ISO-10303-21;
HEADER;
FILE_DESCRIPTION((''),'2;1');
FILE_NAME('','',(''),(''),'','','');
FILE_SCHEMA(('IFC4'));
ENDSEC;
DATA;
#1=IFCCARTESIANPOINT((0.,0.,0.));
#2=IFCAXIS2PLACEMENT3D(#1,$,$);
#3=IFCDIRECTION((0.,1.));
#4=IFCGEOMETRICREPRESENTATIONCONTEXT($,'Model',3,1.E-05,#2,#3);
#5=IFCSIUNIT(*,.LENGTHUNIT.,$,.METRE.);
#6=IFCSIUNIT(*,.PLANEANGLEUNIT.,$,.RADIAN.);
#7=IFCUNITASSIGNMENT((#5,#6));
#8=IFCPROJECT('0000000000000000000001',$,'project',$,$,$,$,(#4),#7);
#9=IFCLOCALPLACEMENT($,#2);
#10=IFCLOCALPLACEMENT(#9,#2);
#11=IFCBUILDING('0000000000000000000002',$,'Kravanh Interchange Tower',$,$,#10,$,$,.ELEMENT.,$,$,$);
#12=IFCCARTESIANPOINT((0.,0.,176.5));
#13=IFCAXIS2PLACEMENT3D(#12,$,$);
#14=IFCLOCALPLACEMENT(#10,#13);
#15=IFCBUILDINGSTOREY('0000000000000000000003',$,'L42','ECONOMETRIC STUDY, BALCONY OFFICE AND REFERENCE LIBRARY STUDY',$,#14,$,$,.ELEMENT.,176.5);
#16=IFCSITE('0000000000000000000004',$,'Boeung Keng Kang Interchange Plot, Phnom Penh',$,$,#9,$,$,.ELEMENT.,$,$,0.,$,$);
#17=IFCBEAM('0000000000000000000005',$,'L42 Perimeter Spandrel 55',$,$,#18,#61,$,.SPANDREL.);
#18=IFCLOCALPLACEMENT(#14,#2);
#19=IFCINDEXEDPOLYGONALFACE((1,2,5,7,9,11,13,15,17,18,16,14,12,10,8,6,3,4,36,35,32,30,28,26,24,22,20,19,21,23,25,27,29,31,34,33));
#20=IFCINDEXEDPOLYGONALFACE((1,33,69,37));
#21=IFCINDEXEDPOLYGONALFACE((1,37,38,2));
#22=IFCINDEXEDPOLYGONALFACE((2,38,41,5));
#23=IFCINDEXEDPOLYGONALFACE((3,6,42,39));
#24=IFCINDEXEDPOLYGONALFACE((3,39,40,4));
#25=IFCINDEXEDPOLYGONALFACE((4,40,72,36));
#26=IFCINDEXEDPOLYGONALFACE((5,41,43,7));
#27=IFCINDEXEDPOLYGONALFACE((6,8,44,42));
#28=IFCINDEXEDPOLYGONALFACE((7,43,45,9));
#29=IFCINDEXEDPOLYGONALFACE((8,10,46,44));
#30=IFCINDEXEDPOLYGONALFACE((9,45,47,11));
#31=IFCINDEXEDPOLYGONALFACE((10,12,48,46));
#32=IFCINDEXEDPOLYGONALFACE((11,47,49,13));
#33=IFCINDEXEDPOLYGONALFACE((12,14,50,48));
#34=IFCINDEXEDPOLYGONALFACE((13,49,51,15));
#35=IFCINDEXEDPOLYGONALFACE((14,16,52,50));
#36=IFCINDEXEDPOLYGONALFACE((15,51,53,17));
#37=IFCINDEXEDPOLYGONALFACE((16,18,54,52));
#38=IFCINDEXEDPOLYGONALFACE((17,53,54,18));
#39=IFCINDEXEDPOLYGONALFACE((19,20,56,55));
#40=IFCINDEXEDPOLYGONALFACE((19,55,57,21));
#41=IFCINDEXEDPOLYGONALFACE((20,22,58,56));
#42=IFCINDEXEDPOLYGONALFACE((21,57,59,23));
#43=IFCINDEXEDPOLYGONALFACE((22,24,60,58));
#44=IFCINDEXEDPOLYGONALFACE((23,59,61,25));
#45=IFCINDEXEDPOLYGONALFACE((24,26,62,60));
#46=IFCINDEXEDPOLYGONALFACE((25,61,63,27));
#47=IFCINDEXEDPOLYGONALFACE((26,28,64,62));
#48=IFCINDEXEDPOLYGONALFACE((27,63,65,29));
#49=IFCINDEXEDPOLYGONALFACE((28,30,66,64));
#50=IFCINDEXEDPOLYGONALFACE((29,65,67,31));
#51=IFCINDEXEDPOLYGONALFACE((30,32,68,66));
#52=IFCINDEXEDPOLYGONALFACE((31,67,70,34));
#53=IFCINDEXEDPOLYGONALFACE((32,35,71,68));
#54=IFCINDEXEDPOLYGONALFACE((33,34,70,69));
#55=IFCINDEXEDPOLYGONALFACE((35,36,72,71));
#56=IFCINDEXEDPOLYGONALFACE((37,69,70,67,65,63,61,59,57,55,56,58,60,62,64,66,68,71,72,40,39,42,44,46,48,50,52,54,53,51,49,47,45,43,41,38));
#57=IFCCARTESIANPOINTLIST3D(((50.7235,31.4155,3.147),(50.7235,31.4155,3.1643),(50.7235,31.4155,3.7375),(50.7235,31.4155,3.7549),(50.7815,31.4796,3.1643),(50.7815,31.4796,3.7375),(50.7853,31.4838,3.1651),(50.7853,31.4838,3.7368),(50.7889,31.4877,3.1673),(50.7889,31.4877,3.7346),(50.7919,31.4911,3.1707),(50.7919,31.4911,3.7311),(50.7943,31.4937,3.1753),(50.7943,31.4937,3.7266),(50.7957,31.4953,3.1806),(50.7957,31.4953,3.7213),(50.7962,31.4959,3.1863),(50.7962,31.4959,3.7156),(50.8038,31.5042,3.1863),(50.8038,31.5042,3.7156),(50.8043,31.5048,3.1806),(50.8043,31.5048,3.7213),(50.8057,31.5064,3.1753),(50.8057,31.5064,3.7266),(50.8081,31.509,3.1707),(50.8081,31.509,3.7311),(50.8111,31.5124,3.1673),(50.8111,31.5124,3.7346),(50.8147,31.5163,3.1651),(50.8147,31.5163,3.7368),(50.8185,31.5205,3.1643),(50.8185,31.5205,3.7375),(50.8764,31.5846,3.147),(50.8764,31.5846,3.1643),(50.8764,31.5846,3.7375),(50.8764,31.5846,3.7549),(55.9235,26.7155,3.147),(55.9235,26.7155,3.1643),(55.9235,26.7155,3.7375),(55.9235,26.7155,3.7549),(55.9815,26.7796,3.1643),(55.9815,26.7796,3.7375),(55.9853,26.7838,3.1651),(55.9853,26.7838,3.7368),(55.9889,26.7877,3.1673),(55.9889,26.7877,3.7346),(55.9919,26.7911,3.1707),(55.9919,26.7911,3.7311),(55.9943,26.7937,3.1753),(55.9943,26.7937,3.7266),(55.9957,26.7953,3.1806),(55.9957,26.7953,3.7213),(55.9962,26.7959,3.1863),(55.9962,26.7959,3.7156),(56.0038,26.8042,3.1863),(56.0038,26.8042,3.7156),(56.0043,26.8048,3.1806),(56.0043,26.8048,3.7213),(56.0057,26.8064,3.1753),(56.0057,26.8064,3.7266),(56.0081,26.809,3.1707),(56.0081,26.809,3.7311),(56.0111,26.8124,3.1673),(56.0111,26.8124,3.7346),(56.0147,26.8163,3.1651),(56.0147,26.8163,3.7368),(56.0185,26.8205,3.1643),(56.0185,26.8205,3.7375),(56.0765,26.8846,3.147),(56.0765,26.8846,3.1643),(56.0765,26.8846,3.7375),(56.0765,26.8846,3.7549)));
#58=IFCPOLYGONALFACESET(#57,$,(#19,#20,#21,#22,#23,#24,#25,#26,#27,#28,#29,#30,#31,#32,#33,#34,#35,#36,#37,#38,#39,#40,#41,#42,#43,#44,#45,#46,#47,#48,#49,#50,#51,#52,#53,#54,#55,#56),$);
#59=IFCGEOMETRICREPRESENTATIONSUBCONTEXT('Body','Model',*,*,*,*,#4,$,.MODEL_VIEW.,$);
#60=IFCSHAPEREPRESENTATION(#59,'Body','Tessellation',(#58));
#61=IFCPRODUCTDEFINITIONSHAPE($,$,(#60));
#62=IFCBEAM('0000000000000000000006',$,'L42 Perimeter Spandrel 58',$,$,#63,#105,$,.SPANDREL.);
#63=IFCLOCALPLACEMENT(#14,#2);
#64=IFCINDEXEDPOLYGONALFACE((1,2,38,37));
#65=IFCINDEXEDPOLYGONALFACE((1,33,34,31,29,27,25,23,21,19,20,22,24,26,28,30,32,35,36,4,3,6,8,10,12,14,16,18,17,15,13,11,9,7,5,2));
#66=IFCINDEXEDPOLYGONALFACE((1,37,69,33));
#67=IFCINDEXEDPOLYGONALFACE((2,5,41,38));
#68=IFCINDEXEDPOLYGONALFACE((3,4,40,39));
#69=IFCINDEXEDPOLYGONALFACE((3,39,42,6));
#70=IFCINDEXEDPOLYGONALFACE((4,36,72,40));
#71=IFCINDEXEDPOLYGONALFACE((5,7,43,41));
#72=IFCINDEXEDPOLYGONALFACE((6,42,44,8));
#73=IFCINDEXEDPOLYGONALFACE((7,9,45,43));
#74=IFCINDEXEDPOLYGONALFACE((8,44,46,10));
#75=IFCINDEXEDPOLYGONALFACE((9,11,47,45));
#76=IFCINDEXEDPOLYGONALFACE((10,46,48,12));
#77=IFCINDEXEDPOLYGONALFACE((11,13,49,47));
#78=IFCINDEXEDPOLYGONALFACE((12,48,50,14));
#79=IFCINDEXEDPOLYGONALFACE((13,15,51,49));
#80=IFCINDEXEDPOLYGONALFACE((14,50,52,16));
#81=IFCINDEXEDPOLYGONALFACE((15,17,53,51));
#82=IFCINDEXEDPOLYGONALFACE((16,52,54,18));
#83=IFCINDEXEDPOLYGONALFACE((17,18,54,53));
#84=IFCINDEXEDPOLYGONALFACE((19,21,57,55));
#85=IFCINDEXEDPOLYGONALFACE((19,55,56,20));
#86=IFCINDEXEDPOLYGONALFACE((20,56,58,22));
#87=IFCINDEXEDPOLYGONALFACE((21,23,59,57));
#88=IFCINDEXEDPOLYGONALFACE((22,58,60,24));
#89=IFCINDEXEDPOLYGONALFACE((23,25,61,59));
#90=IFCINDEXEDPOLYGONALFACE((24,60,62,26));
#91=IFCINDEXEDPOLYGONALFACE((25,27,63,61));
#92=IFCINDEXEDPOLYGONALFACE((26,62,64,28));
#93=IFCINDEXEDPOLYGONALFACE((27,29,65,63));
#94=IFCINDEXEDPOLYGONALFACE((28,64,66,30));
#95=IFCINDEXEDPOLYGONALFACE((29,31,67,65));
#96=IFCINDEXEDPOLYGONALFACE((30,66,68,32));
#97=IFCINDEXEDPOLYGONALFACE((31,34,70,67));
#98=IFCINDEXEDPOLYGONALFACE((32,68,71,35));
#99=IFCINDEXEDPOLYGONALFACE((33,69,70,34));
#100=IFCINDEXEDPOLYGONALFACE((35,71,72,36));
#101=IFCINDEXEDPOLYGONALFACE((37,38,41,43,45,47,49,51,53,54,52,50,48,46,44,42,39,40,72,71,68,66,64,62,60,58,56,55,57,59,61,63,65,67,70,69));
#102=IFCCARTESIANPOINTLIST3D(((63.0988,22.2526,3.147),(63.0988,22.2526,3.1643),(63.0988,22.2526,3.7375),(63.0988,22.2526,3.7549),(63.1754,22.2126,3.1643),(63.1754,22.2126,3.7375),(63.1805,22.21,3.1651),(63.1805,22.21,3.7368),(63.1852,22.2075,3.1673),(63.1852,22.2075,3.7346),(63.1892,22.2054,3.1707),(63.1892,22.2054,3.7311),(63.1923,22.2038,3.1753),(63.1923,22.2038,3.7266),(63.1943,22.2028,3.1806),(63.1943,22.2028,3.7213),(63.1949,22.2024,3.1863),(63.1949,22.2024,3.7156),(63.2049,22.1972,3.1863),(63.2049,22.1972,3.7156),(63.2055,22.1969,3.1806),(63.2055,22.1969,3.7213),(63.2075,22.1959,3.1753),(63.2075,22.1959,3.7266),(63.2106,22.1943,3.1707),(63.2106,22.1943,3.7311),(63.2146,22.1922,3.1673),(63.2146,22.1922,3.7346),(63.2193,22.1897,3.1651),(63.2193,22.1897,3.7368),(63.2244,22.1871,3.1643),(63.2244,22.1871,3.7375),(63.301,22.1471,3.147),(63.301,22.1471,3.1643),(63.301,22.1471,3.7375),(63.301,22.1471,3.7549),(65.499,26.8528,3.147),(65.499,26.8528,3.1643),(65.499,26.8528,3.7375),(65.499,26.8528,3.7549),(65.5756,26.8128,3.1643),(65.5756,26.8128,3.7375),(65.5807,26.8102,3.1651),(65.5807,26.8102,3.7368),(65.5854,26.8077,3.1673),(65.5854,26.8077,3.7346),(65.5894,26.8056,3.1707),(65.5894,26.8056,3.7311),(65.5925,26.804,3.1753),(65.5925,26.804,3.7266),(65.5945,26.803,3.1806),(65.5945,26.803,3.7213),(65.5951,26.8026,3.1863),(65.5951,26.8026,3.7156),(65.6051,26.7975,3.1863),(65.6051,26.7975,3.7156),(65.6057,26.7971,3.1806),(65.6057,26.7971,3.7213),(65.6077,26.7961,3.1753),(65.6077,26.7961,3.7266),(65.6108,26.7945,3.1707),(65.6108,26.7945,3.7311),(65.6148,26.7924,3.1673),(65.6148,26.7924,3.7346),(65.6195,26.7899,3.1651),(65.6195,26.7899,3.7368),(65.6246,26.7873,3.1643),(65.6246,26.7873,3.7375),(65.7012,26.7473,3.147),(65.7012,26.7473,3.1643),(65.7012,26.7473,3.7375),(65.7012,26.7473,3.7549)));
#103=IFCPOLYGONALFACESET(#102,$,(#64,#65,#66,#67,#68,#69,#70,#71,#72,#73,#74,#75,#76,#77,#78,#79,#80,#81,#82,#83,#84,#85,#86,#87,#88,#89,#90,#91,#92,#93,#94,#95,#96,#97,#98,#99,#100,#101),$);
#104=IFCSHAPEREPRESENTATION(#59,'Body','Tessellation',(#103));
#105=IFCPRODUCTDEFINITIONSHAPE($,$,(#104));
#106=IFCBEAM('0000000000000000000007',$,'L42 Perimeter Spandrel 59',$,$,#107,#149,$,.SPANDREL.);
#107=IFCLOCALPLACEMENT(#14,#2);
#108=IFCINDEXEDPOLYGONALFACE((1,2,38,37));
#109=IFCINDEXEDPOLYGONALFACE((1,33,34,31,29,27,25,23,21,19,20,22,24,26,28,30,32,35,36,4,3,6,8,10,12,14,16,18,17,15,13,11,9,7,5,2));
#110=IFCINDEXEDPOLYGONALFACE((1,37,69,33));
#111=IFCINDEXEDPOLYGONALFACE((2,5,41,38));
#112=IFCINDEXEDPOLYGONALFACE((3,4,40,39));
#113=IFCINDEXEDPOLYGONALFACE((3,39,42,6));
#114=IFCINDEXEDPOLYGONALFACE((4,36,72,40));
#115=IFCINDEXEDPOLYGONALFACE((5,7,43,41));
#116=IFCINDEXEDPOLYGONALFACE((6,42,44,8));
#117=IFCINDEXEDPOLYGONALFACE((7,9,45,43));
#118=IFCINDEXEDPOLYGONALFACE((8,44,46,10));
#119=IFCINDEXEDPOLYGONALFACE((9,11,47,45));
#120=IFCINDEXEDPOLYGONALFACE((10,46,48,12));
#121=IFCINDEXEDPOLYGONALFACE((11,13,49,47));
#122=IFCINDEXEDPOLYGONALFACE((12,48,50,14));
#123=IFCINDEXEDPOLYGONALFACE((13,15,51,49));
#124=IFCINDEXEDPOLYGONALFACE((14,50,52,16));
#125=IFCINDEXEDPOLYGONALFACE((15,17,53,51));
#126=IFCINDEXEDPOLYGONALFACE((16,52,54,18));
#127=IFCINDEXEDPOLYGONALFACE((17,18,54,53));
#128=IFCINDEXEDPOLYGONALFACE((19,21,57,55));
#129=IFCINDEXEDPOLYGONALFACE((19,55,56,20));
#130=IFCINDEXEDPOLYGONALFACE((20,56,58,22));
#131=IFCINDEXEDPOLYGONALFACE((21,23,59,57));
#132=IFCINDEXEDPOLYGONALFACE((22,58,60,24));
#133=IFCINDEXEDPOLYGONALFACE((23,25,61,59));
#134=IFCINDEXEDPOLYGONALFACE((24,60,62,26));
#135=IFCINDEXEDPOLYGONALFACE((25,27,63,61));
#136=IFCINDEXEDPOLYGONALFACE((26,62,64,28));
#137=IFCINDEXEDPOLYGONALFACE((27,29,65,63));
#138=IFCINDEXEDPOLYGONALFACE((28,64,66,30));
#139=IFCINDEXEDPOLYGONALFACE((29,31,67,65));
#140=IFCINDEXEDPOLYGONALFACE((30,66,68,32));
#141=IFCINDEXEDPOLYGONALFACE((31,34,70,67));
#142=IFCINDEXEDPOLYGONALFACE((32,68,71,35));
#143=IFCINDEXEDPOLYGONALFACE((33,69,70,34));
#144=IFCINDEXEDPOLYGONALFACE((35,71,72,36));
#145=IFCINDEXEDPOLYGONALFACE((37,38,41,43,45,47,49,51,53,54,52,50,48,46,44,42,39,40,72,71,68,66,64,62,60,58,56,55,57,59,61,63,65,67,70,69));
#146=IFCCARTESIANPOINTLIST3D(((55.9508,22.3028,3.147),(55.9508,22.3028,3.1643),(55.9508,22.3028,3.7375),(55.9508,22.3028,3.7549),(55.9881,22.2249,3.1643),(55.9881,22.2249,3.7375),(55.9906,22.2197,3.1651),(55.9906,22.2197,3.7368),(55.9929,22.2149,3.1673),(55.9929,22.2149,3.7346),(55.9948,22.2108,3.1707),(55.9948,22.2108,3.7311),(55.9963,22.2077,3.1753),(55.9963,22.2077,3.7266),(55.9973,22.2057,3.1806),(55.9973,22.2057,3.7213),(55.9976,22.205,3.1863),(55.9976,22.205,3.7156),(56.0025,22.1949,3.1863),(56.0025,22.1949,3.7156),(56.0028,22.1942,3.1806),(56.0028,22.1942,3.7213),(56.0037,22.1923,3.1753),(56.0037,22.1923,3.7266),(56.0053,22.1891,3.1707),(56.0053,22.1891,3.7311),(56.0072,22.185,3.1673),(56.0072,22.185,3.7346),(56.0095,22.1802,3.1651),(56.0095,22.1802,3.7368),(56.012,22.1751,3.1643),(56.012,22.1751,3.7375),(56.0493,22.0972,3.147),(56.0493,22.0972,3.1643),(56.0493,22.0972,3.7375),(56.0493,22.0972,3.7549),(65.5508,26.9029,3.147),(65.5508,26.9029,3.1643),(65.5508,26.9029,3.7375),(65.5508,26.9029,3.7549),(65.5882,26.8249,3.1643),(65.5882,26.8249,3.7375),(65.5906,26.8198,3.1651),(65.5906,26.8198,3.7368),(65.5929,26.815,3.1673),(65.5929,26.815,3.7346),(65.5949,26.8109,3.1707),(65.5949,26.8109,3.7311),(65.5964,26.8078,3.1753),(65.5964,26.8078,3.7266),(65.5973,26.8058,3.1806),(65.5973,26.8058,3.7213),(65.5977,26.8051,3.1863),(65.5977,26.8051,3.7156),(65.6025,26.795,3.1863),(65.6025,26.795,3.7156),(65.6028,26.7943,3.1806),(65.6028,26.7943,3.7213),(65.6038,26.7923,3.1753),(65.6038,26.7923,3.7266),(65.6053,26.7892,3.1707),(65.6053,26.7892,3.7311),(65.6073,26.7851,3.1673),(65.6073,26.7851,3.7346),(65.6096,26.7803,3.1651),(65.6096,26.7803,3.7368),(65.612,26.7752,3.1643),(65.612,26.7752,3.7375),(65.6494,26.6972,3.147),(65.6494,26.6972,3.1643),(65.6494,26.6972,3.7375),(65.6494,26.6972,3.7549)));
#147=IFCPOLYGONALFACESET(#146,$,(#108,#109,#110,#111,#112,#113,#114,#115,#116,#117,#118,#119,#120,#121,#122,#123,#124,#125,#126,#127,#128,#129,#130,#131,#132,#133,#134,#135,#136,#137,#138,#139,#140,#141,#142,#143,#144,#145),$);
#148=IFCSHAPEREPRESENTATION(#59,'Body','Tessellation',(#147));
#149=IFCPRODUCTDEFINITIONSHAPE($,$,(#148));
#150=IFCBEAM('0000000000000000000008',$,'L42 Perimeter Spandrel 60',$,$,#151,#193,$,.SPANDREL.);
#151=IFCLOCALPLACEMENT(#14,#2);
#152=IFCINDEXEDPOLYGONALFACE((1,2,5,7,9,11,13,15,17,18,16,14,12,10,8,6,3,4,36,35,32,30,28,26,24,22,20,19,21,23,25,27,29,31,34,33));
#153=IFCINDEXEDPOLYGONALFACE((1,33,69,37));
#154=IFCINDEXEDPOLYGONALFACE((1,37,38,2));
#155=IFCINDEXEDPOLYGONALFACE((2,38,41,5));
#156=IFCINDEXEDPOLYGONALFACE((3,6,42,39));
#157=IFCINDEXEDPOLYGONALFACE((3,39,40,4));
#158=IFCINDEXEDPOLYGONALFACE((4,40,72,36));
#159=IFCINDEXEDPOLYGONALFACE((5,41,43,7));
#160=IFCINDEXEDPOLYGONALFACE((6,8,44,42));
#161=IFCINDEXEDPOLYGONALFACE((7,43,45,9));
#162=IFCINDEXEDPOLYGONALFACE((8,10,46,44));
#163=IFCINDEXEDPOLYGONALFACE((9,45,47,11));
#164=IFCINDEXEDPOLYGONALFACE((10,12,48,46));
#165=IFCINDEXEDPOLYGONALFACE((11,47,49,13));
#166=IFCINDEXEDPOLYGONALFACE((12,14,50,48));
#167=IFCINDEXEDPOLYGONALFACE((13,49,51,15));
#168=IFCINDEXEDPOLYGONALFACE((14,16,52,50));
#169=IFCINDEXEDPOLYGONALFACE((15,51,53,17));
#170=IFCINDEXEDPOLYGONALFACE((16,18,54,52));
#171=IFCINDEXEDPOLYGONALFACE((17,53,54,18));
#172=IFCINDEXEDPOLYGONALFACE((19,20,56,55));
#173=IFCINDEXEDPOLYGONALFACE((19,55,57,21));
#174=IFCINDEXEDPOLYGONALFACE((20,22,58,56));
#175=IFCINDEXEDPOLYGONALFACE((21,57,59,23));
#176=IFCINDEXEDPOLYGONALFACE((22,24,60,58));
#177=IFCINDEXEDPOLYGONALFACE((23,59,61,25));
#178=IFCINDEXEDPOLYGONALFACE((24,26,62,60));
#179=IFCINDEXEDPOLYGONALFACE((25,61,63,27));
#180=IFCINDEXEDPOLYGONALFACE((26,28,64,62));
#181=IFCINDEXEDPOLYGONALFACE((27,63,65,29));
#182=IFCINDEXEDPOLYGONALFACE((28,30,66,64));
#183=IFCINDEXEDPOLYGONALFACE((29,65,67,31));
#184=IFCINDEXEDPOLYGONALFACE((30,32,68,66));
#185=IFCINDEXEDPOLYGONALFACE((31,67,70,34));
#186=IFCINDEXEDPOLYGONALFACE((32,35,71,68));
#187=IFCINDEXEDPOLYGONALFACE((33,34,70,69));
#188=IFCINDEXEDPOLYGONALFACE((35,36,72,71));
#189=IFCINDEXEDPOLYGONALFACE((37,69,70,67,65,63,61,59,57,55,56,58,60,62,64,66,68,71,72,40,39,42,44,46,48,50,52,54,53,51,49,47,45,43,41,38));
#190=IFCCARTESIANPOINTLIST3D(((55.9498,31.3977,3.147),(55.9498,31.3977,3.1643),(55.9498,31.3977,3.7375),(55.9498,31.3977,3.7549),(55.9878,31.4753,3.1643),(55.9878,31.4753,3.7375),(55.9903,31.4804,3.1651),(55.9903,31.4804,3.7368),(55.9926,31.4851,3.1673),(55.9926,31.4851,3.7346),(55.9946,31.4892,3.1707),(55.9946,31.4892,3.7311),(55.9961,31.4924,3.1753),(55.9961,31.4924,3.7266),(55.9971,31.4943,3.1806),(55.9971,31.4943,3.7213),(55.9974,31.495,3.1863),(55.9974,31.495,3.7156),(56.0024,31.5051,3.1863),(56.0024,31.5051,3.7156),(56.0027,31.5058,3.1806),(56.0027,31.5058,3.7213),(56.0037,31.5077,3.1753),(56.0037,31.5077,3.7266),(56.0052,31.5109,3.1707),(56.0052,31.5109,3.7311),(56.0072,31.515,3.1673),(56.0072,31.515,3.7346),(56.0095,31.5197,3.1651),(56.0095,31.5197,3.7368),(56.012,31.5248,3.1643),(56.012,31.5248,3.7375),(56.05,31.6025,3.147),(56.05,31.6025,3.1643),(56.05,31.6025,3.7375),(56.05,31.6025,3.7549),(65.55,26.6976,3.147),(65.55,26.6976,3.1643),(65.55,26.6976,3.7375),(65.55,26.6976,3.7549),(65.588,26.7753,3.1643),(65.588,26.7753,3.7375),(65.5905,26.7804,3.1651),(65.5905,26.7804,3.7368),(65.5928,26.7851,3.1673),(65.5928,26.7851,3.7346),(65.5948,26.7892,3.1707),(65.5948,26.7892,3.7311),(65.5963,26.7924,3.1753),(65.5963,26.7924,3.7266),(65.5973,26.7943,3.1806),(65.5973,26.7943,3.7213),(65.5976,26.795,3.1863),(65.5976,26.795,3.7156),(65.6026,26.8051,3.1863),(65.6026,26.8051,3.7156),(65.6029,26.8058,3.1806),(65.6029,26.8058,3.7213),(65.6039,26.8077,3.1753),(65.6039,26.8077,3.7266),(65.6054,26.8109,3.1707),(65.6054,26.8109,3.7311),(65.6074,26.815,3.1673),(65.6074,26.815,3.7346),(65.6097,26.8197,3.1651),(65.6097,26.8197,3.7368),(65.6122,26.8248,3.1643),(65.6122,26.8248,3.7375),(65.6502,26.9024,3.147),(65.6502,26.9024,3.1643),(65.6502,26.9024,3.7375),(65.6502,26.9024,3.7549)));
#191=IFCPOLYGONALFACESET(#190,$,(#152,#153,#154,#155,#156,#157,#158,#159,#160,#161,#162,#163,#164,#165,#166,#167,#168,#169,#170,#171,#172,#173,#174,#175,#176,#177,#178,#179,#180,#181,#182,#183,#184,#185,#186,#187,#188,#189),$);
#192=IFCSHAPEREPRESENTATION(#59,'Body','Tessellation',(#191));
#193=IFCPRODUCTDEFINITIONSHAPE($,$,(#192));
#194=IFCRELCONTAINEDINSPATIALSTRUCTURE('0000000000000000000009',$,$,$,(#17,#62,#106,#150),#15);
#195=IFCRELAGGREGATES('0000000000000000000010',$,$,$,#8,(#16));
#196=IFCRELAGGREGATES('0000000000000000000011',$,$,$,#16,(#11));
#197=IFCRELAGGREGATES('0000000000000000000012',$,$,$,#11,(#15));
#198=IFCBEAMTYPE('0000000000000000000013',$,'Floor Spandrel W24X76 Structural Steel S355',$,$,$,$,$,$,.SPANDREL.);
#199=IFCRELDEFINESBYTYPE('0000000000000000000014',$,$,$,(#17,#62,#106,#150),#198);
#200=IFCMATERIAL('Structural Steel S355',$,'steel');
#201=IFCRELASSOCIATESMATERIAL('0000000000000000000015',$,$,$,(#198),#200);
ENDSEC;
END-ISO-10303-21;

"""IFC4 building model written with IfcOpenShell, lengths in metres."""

from ifc_helpers import new_model, si_unit, direction, frame, origin, origin_2d, place, context, subcontext, project, spatial, i_section, extrude, material, material_profile, profile_set, type_object, element, save


model = new_model("IFC4")

# Units and contexts
model_context = context("Model", 3, precision=1e-05, world=origin(), true_north=direction((0.0, 1.0)))
body_context = subcontext(model_context, "Body", "Model", "MODEL_VIEW")
ifc_project = project(units=[si_unit("LENGTHUNIT", "METRE"), si_unit("PLANEANGLEUNIT", "RADIAN")], contexts=[model_context])

# Site, building, storey
site_placement = place(None, origin())
site = spatial("IfcSite", under=ifc_project, at=site_placement, Name="Boeung Keng Kang Interchange Plot, Phnom Penh", CompositionType="ELEMENT", RefElevation=0.0)
building_placement = place(site_placement, origin())
building = spatial("IfcBuilding", under=site, at=building_placement, Name="Kravanh Interchange Tower", CompositionType="ELEMENT")
storey_placement = place(building_placement, frame((0.0, 0.0, 176.5)))
storey = spatial("IfcBuildingStorey", under=building, at=storey_placement, Name="L42", Description="ECONOMETRIC STUDY, BALCONY OFFICE AND REFERENCE LIBRARY STUDY", CompositionType="ELEMENT", Elevation=176.5)

# Beams
ifc_material_1 = material(Name="Structural Steel S355", Category="steel")
ifc_material_profile_1 = material_profile(ifc_material_1, i_section(OverallWidth=0.228, OverallDepth=0.6079, WebThickness=0.0112, FlangeThickness=0.0173, FilletRadius=0.022, at=origin_2d()), Name="W24X76")
ifc_profile_set_1 = profile_set([ifc_material_profile_1], Name="Structural Steel S355")
beam_type_1 = type_object("IfcBeamType", Name="Floor Spandrel W24X76 Structural Steel S355", PredefinedType="SPANDREL", material=ifc_profile_set_1)
beam_1_placement = place(storey_placement, frame((56.0, 26.8, 3.4509), z_axis=(-0.741874, 0.670539, 0.0), x_axis=(-0.670539, -0.741874, 0.0)))
element("IfcBeam", 1, at=beam_1_placement, inside=storey, type_object=beam_type_1, Name="L42 Perimeter Spandrel 55", PredefinedType="SPANDREL", context=body_context, shape_type="SweptSolid", body=[
    extrude(i_section(OverallWidth=0.228, OverallDepth=0.6079, WebThickness=0.0112, FlangeThickness=0.0173, FilletRadius=0.022, at=origin_2d()), origin(), (0.0, 0.0, 1.0), 7.0093),
])
beam_2_placement = place(storey_placement, frame((65.6001, 26.8, 3.4509), z_axis=(-0.46258, -0.886577, 0.0), x_axis=(0.886577, -0.46258, 0.0)))
element("IfcBeam", 2, at=beam_2_placement, inside=storey, type_object=beam_type_1, Name="L42 Perimeter Spandrel 58", PredefinedType="SPANDREL", context=body_context, shape_type="SweptSolid", body=[
    extrude(i_section(OverallWidth=0.228, OverallDepth=0.6079, WebThickness=0.0112, FlangeThickness=0.0173, FilletRadius=0.022, at=origin_2d()), origin(), (0.0, 0.0, 1.0), 5.1887),
])
beam_3_placement = place(storey_placement, frame((65.6001, 26.8, 3.4509), z_axis=(-0.901814, -0.432124, 0.0), x_axis=(0.432124, -0.901814, 0.0)))
element("IfcBeam", 3, at=beam_3_placement, inside=storey, type_object=beam_type_1, Name="L42 Perimeter Spandrel 59", PredefinedType="SPANDREL", context=body_context, shape_type="SweptSolid", body=[
    extrude(i_section(OverallWidth=0.228, OverallDepth=0.6079, WebThickness=0.0112, FlangeThickness=0.0173, FilletRadius=0.022, at=origin_2d()), origin(), (0.0, 0.0, 1.0), 10.6453),
])
beam_4_placement = place(storey_placement, frame((65.6001, 26.8, 3.4509), z_axis=(-0.898142, 0.439706, 0.0), x_axis=(-0.439706, -0.898142, 0.0)))
element("IfcBeam", 4, at=beam_4_placement, inside=storey, type_object=beam_type_1, Name="L42 Perimeter Spandrel 60", PredefinedType="SPANDREL", context=body_context, shape_type="SweptSolid", body=[
    extrude(i_section(OverallWidth=0.228, OverallDepth=0.6079, WebThickness=0.0112, FlangeThickness=0.0173, FilletRadius=0.022, at=origin_2d()), origin(), (0.0, 0.0, 1.0), 10.689),
])

save(model, "model.ifc")
